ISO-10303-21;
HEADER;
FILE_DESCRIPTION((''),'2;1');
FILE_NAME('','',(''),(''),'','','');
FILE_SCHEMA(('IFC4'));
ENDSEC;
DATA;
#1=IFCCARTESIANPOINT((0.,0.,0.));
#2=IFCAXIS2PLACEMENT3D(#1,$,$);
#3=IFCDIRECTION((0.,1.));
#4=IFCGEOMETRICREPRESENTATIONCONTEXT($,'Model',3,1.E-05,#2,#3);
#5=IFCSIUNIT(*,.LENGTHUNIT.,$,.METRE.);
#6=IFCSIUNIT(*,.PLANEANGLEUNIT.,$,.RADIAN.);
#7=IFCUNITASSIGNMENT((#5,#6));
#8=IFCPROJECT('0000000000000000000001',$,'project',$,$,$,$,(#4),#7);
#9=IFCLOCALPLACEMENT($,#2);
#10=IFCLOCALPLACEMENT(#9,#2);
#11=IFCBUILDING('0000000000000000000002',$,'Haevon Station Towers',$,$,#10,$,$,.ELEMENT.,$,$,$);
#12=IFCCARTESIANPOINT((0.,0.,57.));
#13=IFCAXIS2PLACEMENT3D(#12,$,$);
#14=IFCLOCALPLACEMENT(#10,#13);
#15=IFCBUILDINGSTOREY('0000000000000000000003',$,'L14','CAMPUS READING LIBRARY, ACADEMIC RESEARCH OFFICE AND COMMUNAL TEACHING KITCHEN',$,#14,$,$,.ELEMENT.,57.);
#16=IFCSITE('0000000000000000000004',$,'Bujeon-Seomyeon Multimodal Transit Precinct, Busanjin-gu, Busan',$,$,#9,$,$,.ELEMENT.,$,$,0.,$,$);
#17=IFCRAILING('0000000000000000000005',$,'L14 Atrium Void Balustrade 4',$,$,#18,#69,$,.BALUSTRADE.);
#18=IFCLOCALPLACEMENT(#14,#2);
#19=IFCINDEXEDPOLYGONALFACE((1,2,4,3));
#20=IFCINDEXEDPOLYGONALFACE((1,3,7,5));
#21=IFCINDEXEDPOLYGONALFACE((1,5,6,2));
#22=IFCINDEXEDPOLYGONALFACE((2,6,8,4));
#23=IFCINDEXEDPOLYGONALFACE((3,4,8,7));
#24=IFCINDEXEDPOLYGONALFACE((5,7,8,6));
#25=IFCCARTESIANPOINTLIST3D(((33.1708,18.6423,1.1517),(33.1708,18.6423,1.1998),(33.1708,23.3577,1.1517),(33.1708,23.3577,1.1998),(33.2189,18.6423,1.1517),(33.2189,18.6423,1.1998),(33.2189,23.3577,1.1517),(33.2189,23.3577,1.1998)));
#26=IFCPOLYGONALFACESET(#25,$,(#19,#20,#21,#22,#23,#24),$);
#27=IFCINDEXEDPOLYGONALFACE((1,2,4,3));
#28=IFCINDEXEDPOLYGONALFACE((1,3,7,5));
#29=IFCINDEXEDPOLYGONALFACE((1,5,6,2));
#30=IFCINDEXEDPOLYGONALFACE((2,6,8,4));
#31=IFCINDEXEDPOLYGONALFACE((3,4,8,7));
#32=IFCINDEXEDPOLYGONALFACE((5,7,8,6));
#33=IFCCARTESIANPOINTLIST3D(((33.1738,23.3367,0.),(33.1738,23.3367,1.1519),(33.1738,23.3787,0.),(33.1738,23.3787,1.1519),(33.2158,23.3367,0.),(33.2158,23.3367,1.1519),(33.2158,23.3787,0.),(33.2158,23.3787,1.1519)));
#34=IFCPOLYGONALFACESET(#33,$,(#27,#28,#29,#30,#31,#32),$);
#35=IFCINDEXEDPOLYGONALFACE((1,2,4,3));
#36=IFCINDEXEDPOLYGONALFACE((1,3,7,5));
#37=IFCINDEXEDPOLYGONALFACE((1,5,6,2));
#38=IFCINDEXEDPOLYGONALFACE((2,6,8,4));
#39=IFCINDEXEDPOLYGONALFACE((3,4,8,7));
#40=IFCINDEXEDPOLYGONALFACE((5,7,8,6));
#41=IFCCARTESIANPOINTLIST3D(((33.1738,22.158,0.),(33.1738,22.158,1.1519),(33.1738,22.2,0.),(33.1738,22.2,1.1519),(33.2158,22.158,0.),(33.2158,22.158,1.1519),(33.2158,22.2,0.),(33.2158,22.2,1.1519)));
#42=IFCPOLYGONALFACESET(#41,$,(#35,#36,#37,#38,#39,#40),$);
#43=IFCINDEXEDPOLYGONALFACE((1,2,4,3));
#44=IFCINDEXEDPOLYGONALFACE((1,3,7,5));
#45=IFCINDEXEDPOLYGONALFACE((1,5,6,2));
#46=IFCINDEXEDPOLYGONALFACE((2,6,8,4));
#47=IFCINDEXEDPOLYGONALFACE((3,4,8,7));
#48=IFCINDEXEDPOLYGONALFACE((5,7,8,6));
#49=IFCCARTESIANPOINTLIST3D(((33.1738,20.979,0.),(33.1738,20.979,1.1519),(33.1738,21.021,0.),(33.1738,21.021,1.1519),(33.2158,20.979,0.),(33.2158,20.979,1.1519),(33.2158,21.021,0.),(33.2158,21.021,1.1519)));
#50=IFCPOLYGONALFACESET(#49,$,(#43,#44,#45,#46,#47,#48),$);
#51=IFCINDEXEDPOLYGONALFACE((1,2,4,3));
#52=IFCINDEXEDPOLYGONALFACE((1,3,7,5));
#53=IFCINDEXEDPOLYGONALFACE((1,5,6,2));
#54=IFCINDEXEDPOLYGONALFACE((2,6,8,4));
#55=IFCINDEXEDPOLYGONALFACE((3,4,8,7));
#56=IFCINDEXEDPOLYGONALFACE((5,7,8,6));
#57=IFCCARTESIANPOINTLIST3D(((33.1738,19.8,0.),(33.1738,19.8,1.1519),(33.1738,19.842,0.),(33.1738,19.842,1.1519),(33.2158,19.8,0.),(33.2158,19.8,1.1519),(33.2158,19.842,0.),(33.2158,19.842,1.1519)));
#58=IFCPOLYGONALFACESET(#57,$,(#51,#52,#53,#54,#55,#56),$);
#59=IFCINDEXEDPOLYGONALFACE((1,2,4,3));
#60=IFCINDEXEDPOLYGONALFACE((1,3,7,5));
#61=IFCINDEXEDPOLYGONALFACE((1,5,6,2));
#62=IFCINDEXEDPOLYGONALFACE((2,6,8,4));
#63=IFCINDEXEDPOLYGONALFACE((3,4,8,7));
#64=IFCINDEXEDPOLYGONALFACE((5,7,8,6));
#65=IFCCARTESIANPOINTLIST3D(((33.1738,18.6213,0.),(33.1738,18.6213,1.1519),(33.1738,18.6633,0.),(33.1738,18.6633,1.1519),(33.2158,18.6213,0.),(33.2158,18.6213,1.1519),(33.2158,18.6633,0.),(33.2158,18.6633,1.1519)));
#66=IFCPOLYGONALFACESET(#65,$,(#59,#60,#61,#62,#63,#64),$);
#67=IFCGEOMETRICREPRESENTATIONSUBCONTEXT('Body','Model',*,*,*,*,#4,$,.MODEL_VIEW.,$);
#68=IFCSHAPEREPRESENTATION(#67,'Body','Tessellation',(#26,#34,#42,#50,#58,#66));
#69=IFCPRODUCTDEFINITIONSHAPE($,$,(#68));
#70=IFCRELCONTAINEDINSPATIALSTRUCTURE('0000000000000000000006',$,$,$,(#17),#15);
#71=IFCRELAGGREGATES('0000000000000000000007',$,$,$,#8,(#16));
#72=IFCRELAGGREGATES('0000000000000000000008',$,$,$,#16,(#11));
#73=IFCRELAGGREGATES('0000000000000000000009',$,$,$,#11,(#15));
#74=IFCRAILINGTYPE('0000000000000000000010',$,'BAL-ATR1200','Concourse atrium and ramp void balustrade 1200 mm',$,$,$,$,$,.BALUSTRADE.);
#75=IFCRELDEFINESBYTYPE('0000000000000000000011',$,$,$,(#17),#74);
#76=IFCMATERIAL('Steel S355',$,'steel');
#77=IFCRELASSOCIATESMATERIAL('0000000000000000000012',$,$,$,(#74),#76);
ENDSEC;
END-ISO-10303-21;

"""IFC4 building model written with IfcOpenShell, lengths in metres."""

from ifc_helpers import new_model, si_unit, direction, frame, origin, origin_2d, place, context, subcontext, project, spatial, rectangle, extrude, material, type_object, element, save


model = new_model("IFC4")

# Units and contexts
model_context = context("Model", 3, precision=1e-05, world=origin(), true_north=direction((0.0, 1.0)))
body_context = subcontext(model_context, "Body", "Model", "MODEL_VIEW")
ifc_project = project(units=[si_unit("LENGTHUNIT", "METRE"), si_unit("PLANEANGLEUNIT", "RADIAN")], contexts=[model_context])

# Site, building, storey
site_placement = place(None, origin())
site = spatial("IfcSite", under=ifc_project, at=site_placement, Name="Bujeon-Seomyeon Multimodal Transit Precinct, Busanjin-gu, Busan", CompositionType="ELEMENT", RefElevation=0.0)
building_placement = place(site_placement, origin())
building = spatial("IfcBuilding", under=site, at=building_placement, Name="Haevon Station Towers", CompositionType="ELEMENT")
storey_placement = place(building_placement, frame((0.0, 0.0, 57.0)))
storey = spatial("IfcBuildingStorey", under=building, at=storey_placement, Name="L14", Description="CAMPUS READING LIBRARY, ACADEMIC RESEARCH OFFICE AND COMMUNAL TEACHING KITCHEN", CompositionType="ELEMENT", Elevation=57.0)

# Shared definitions
ifc_material_1 = material(Name="Steel S355", Category="steel")

# Railing
railing_type = type_object("IfcRailingType", Name="BAL-ATR1200", Description="Concourse atrium and ramp void balustrade 1200 mm", PredefinedType="BALUSTRADE", material=ifc_material_1)
railing_1_placement = place(storey_placement, frame((33.1948, 23.3577, 0.0)))
element("IfcRailing", 1, at=railing_1_placement, inside=storey, type_object=railing_type, Name="L14 Atrium Void Balustrade 4", PredefinedType="BALUSTRADE", context=body_context, shape_type="SweptSolid", body=[
    extrude(rectangle(XDim=0.0481, YDim=0.0481, at=origin_2d()), frame((0.0, 0.0, 1.1758), z_axis=(0.0, -1.0, 0.0), x_axis=(1.0, 0.0, 0.0)), (0.0, 0.0, 1.0), 4.7153),
    extrude(rectangle(XDim=0.042, YDim=0.042, at=origin_2d()), origin(), (0.0, 0.0, 1.0), 1.1519),
    extrude(rectangle(XDim=0.042, YDim=0.042, at=origin_2d()), frame((0.0, -1.1787, 0.0)), (0.0, 0.0, 1.0), 1.1519),
    extrude(rectangle(XDim=0.042, YDim=0.042, at=origin_2d()), frame((0.0, -2.3577, 0.0)), (0.0, 0.0, 1.0), 1.1519),
    extrude(rectangle(XDim=0.042, YDim=0.042, at=origin_2d()), frame((0.0, -3.5366, 0.0)), (0.0, 0.0, 1.0), 1.1519),
    extrude(rectangle(XDim=0.042, YDim=0.042, at=origin_2d()), frame((0.0, -4.7153, 0.0)), (0.0, 0.0, 1.0), 1.1519),
])

save(model, "model.ifc")
